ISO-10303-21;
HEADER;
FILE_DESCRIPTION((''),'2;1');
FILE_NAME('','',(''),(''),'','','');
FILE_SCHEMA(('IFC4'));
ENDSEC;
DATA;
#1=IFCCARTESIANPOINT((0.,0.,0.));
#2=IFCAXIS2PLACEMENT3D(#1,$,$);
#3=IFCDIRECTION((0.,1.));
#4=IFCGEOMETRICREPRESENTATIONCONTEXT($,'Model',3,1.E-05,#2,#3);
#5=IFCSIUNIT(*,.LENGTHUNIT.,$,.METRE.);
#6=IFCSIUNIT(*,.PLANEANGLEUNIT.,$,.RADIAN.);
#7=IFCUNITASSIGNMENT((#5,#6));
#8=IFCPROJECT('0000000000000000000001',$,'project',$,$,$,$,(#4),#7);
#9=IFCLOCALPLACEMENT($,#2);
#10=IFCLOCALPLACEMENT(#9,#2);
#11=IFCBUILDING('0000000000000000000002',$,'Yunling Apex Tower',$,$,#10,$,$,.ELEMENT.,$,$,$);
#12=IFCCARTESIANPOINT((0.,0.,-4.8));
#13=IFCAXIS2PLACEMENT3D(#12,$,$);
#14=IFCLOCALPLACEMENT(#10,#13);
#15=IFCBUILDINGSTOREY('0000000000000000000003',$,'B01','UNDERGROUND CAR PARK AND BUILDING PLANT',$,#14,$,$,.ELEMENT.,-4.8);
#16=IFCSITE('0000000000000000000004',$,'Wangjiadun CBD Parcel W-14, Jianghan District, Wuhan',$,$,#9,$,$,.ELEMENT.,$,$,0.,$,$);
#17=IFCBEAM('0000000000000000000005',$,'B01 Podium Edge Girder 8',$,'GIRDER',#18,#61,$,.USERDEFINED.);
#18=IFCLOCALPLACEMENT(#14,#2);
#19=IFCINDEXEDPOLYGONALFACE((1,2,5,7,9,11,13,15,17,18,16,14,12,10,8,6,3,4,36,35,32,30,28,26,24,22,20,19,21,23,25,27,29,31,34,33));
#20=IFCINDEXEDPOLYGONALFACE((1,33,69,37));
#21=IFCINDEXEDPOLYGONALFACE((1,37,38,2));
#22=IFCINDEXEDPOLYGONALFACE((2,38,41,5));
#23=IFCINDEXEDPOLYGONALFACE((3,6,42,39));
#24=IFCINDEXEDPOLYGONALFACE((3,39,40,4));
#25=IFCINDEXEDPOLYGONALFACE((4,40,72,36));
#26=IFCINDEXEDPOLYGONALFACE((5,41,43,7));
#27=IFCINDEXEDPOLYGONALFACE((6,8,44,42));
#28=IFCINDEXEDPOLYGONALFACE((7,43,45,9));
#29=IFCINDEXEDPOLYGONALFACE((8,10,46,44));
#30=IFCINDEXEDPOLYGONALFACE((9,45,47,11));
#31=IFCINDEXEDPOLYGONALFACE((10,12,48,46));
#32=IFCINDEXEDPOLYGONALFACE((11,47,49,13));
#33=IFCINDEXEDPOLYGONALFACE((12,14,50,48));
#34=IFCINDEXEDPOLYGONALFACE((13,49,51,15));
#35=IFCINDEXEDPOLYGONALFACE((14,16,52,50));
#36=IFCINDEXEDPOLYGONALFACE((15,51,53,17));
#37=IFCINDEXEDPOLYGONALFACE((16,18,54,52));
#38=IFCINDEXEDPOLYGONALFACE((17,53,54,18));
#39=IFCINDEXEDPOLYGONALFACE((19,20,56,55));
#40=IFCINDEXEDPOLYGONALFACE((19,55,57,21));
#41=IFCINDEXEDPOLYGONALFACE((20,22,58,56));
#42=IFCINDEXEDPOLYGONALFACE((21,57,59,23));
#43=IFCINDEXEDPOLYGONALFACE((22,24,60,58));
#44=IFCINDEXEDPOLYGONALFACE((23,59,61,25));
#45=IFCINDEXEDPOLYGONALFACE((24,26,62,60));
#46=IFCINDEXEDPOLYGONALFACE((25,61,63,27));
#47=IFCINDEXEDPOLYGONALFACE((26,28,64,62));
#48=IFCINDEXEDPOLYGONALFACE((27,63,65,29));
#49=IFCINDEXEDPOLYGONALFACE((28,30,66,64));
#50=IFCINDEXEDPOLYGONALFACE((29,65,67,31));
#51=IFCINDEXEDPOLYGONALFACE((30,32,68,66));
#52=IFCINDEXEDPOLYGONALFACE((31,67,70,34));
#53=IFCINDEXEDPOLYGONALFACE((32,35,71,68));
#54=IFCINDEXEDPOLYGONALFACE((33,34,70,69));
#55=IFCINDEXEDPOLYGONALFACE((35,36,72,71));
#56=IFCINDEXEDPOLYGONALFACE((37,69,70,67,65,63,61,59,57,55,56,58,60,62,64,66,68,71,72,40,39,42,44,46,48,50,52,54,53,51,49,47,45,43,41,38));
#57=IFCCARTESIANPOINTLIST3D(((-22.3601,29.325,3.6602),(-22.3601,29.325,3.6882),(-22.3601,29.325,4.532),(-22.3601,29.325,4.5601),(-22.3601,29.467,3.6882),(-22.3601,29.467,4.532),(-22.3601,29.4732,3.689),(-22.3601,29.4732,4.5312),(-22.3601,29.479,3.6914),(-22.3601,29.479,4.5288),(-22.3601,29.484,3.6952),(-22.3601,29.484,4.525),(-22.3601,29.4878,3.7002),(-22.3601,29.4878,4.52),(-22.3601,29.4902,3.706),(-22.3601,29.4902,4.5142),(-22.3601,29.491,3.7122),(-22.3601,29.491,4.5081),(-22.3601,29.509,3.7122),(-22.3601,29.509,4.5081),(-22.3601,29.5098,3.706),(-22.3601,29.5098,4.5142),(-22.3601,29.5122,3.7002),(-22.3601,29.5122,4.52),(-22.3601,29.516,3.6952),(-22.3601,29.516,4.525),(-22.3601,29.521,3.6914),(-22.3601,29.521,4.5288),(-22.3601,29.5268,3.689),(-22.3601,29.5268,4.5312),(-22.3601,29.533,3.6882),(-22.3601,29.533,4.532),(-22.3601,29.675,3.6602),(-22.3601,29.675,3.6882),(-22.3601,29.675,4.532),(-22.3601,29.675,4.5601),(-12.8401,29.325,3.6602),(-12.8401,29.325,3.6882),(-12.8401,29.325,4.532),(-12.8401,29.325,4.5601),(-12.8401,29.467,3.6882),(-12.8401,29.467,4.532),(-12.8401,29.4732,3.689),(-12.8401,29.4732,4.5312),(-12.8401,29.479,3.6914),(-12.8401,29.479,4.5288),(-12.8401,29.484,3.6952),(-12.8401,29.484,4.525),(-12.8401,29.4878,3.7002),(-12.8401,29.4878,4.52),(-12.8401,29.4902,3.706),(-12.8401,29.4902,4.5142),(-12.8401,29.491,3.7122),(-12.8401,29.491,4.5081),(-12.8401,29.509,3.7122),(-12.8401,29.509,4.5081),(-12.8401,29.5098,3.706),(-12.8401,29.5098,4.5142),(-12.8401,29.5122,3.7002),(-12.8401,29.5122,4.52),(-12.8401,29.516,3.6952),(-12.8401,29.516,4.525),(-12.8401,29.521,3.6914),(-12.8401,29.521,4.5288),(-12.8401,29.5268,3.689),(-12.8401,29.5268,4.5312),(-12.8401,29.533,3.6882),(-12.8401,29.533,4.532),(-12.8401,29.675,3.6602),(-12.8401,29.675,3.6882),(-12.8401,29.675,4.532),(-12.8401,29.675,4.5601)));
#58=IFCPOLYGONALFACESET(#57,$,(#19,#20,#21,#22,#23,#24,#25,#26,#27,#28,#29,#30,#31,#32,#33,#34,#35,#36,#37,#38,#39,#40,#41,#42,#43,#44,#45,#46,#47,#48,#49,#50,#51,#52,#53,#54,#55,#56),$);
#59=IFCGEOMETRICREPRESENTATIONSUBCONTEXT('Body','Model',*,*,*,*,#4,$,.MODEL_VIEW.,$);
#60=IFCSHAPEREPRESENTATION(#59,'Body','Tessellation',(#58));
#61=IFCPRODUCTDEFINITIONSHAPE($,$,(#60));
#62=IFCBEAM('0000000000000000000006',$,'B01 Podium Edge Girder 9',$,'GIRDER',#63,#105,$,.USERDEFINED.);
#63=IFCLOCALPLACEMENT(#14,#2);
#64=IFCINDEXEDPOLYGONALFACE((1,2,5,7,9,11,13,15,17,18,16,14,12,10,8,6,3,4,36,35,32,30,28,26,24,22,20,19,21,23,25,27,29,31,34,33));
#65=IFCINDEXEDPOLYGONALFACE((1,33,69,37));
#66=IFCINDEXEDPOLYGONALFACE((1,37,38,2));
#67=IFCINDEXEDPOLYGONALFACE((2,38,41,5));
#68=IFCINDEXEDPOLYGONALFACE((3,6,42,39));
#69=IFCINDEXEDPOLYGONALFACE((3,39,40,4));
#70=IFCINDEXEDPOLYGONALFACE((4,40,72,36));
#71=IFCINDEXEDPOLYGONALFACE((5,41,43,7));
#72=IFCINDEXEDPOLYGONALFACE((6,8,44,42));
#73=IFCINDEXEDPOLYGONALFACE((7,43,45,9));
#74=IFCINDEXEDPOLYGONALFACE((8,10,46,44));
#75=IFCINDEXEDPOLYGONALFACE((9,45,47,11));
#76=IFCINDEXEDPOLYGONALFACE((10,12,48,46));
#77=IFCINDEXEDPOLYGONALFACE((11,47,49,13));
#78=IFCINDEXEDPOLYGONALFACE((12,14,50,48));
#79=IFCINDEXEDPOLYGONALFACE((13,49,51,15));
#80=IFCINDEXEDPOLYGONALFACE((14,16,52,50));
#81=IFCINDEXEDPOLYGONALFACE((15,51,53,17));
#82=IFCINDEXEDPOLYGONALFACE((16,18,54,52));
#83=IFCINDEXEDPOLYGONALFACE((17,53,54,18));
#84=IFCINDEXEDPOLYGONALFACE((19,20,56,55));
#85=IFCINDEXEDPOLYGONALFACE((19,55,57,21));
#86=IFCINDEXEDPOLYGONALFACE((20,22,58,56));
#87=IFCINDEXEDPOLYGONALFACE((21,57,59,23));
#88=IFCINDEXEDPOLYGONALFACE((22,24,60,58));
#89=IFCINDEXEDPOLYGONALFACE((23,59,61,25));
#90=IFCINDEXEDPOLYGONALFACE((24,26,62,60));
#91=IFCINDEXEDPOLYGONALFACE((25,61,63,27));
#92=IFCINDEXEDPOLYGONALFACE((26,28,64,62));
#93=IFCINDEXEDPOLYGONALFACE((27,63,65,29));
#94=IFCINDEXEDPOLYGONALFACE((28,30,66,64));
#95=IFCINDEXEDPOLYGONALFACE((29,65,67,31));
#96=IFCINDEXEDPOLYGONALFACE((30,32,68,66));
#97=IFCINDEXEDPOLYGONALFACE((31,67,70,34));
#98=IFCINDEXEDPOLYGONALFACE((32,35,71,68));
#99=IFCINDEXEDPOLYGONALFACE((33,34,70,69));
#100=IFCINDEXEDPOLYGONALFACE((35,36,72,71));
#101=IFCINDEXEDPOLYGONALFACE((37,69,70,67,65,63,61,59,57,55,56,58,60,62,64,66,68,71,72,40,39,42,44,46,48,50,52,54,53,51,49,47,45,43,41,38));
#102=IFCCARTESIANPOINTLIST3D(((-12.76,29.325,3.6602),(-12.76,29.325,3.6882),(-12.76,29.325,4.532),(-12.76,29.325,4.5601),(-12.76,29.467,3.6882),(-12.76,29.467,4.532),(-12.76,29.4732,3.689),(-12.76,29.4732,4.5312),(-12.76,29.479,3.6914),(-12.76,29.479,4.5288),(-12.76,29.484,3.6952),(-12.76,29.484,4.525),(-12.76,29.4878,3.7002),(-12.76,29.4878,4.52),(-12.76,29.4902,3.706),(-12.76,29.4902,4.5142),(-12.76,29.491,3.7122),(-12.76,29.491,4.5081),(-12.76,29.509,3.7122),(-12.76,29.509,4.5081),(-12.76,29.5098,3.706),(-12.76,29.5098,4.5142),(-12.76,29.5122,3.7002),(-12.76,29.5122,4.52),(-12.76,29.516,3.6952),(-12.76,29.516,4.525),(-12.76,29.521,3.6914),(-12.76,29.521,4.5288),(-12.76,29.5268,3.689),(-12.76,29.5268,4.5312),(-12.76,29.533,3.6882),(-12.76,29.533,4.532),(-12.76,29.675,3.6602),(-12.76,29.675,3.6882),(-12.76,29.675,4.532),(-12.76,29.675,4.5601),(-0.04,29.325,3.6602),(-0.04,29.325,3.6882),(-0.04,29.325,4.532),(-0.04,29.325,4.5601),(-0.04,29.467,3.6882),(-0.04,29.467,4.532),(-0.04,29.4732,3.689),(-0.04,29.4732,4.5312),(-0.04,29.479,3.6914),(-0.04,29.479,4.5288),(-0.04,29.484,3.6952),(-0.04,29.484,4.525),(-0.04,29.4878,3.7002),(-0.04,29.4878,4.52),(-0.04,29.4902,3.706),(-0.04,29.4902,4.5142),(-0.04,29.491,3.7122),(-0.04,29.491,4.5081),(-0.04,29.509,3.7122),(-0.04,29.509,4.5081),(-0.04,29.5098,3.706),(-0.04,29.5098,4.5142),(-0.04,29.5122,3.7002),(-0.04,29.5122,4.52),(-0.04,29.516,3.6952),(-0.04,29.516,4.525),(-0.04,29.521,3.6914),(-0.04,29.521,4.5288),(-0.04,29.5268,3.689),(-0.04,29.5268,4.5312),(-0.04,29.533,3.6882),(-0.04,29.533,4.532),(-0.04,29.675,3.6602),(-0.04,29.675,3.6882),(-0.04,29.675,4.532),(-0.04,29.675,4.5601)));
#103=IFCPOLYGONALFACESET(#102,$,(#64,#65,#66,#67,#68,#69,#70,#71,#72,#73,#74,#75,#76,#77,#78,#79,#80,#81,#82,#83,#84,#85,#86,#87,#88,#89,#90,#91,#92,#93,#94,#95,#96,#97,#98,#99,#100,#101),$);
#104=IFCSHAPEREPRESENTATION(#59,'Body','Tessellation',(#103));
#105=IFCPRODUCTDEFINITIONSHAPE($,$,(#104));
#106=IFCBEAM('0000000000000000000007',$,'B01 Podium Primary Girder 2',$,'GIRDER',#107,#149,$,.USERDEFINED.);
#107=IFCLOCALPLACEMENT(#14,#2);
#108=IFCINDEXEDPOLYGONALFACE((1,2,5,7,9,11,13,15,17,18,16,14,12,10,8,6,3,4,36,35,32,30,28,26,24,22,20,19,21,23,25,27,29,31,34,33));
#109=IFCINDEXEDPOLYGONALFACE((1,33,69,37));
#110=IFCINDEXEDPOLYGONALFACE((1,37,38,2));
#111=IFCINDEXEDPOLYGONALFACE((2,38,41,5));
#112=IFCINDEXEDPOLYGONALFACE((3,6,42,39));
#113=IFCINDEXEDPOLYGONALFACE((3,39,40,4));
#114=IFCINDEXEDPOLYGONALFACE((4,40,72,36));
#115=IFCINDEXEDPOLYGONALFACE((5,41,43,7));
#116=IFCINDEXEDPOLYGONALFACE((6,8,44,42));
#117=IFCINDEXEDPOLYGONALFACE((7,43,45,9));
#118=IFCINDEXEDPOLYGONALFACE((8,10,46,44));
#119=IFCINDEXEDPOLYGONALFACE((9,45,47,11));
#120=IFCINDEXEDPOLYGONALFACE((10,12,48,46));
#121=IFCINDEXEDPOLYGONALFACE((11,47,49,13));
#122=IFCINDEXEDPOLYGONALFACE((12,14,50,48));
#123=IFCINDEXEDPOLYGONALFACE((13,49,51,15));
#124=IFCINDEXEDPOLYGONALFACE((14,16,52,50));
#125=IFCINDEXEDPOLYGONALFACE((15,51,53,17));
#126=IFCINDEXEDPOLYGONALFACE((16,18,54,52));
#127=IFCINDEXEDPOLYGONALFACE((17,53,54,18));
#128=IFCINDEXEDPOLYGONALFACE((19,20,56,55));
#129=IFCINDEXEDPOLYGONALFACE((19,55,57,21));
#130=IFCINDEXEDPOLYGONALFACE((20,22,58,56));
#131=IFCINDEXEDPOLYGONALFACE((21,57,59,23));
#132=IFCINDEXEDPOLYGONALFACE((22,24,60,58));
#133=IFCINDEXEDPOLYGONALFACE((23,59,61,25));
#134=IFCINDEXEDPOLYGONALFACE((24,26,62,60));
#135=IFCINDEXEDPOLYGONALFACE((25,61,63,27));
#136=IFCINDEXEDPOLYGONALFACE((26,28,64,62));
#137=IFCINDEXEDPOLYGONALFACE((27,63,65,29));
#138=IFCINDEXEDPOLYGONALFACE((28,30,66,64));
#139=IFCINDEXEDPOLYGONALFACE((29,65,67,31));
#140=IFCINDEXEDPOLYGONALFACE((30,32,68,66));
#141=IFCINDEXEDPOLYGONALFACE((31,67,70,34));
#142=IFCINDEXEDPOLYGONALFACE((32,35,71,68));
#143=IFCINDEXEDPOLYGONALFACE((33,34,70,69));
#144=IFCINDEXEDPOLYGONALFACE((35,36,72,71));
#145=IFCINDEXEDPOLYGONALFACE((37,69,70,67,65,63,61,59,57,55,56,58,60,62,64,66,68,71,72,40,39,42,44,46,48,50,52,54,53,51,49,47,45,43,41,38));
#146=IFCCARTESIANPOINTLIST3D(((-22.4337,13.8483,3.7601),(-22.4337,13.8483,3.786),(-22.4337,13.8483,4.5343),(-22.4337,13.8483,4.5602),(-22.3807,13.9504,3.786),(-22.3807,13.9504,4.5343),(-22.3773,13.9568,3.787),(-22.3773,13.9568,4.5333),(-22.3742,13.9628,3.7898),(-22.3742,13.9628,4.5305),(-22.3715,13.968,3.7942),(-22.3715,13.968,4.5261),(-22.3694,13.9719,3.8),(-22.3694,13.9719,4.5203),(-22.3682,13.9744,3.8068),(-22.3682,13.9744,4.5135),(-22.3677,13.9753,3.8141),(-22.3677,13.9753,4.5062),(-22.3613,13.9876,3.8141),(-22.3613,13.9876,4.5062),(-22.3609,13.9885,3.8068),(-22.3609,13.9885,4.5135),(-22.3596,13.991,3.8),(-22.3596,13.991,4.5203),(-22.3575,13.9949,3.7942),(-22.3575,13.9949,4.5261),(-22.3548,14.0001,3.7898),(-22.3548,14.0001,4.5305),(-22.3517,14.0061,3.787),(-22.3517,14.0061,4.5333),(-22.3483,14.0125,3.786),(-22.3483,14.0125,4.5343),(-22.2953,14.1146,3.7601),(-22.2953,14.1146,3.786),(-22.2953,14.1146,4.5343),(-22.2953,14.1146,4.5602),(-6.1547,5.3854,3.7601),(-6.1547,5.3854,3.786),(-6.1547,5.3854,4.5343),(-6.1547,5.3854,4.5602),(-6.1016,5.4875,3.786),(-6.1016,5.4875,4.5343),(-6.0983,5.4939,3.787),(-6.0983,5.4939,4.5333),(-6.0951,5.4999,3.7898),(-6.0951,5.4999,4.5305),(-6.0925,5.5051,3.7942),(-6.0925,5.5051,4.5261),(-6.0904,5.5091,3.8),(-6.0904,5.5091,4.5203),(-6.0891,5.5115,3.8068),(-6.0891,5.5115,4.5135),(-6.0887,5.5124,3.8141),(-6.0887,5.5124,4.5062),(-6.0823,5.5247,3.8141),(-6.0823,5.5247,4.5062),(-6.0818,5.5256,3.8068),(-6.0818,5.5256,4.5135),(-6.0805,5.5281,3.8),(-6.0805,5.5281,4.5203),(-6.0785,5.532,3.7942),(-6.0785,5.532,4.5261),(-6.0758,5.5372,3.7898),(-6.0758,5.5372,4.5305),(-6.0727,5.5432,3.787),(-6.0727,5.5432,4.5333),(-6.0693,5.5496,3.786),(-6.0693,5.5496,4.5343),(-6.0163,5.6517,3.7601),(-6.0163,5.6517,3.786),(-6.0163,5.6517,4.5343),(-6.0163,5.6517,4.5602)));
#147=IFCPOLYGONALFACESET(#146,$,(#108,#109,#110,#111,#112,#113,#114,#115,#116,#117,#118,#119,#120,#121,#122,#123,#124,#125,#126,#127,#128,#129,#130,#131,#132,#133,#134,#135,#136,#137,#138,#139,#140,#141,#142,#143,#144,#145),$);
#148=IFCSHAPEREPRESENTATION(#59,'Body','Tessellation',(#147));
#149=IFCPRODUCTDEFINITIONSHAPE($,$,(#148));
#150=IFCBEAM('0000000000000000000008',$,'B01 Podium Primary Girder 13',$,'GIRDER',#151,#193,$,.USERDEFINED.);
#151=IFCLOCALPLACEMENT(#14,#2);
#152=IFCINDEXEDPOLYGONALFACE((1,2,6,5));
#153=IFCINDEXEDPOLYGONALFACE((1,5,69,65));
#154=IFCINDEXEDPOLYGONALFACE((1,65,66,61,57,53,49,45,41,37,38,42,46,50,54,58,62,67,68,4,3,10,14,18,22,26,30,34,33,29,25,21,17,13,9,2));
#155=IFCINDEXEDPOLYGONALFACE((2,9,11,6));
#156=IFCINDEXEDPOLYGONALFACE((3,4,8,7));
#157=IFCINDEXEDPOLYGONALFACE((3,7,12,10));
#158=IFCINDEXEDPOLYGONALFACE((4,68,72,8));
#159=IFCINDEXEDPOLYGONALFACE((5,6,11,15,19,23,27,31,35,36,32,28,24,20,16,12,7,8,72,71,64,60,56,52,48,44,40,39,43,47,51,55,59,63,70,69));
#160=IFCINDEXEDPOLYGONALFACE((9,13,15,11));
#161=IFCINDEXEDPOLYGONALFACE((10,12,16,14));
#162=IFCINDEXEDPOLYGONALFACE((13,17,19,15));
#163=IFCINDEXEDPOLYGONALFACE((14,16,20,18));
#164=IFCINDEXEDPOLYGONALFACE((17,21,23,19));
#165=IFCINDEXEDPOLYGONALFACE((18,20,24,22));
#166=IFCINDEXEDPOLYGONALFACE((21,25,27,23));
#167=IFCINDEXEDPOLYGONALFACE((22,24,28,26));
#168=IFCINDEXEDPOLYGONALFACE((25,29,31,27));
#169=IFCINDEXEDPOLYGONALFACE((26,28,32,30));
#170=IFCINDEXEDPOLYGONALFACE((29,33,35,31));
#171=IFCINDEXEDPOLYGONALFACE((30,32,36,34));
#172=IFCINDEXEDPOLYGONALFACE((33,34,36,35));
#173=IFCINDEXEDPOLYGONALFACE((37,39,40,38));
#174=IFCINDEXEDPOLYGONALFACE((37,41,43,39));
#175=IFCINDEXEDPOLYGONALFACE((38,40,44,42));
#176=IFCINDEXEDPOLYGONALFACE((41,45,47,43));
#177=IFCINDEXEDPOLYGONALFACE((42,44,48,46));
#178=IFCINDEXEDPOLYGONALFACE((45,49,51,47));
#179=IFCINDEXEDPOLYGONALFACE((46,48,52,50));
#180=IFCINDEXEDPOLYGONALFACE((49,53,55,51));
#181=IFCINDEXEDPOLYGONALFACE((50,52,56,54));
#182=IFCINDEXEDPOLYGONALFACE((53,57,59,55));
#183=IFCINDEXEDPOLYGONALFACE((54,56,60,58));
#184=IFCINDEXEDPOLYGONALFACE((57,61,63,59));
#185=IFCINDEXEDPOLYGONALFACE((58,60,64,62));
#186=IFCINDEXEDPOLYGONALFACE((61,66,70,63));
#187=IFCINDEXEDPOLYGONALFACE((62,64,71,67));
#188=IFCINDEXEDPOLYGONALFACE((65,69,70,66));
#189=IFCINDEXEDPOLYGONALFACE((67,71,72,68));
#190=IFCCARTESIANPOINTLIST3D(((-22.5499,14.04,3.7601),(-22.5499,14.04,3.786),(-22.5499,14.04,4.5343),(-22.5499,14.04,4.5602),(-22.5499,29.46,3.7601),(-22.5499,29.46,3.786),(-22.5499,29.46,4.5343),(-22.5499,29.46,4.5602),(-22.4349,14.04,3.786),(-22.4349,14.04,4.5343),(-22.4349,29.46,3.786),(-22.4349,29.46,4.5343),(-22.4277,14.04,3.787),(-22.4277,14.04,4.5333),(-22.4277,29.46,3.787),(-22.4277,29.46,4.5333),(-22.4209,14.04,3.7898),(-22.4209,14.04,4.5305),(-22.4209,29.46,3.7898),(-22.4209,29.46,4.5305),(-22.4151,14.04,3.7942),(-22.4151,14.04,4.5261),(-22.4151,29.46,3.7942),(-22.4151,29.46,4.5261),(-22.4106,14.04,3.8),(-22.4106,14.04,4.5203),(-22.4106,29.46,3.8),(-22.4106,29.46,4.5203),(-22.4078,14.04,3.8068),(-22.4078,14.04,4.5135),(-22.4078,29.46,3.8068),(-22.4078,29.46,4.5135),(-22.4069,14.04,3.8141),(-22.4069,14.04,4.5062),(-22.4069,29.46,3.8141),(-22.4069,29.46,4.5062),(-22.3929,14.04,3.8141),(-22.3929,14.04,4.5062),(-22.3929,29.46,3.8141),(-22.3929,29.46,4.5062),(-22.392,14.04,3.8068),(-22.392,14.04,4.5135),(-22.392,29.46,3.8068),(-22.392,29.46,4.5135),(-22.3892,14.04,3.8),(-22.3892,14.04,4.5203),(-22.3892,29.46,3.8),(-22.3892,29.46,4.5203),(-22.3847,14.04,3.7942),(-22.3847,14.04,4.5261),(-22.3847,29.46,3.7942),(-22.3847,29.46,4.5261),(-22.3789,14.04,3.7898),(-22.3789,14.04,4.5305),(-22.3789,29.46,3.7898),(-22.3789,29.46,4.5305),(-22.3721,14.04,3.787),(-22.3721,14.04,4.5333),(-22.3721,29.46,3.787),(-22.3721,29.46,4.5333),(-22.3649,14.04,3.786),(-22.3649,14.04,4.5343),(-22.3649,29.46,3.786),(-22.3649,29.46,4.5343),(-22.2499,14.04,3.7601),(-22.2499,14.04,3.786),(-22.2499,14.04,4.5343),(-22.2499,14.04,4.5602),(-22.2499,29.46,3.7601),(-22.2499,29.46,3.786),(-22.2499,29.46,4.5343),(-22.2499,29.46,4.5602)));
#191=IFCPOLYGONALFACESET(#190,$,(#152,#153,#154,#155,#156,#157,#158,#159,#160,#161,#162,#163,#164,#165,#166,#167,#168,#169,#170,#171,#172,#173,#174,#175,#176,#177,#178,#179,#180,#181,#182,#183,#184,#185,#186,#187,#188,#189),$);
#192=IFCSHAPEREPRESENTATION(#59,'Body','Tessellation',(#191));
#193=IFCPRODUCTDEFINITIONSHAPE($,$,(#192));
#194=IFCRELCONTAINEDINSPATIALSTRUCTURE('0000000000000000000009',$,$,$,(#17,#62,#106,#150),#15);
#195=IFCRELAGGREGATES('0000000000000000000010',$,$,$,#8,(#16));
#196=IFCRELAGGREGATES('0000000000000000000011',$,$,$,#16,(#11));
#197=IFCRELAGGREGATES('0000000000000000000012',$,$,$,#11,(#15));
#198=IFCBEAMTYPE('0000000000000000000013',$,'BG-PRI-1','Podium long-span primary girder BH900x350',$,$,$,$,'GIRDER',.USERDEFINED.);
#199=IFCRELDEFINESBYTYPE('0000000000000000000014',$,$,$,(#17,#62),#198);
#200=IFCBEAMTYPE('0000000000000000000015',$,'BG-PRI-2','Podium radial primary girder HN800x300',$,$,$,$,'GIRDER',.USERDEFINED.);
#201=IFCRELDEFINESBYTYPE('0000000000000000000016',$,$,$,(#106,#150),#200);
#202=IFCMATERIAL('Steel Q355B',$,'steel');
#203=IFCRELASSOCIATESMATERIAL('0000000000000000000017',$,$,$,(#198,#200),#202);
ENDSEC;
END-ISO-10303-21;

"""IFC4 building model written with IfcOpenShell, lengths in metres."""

from ifc_helpers import new_model, si_unit, direction, frame, origin, origin_2d, place, context, subcontext, project, spatial, i_section, extrude, source, transform, mapped, material, material_profile, profile_set, type_object, element, save


model = new_model("IFC4")

# Units and contexts
model_context = context("Model", 3, precision=1e-05, world=origin(), true_north=direction((0.0, 1.0)))
body_context = subcontext(model_context, "Body", "Model", "MODEL_VIEW")
ifc_project = project(units=[si_unit("LENGTHUNIT", "METRE"), si_unit("PLANEANGLEUNIT", "RADIAN")], contexts=[model_context])

# Site, building, storey
site_placement = place(None, origin())
site = spatial("IfcSite", under=ifc_project, at=site_placement, Name="Wangjiadun CBD Parcel W-14, Jianghan District, Wuhan", CompositionType="ELEMENT", RefElevation=0.0)
building_placement = place(site_placement, origin())
building = spatial("IfcBuilding", under=site, at=building_placement, Name="Yunling Apex Tower", CompositionType="ELEMENT")
storey_placement = place(building_placement, frame((0.0, 0.0, -4.8)))
storey = spatial("IfcBuildingStorey", under=building, at=storey_placement, Name="B01", Description="UNDERGROUND CAR PARK AND BUILDING PLANT", CompositionType="ELEMENT", Elevation=-4.8)

# Beams
ifc_material_1 = material(Name="Steel Q355B", Category="steel")
ifc_material_profile_1 = material_profile(ifc_material_1, i_section(OverallWidth=0.3501, OverallDepth=0.8999, WebThickness=0.0181, FlangeThickness=0.0281, FilletRadius=0.0239, at=origin_2d()))
ifc_profile_set_1 = profile_set([ifc_material_profile_1], Name="Steel Q355B")
beam_type_1 = type_object("IfcBeamType", Name="BG-PRI-1", Description="Podium long-span primary girder BH900x350", ElementType="GIRDER", PredefinedType="USERDEFINED", material=ifc_profile_set_1)
shared_shape_1 = source(origin(), body_context, "Body", "SweptSolid", [
    extrude(i_section(OverallWidth=0.3501, OverallDepth=0.8999, WebThickness=0.0181, FlangeThickness=0.0281, FilletRadius=0.0239, at=origin_2d()), origin(), (0.0, 0.0, 1.0), 9.52),
])
beam_1_placement = place(storey_placement, frame((-22.3601, 29.5, 4.1101), z_axis=(1.0, 0.0, 0.0), x_axis=(0.0, 1.0, 0.0)))
element("IfcBeam", 1, at=beam_1_placement, inside=storey, type_object=beam_type_1, Name="B01 Podium Edge Girder 8", ObjectType="GIRDER", PredefinedType="USERDEFINED", context=body_context, shape_type="MappedRepresentation", body=[
    mapped(shared_shape_1, transform((0.0, 0.0, 0.0), scale=1.0)),
])
shared_shape_2 = source(origin(), body_context, "Body", "SweptSolid", [
    extrude(i_section(OverallWidth=0.3501, OverallDepth=0.8999, WebThickness=0.0181, FlangeThickness=0.0281, FilletRadius=0.0239, at=origin_2d()), origin(), (0.0, 0.0, 1.0), 12.72),
])
beam_2_placement = place(storey_placement, frame((-12.76, 29.5, 4.1101), z_axis=(1.0, 0.0, 0.0), x_axis=(0.0, 1.0, 0.0)))
element("IfcBeam", 2, at=beam_2_placement, inside=storey, type_object=beam_type_1, Name="B01 Podium Edge Girder 9", ObjectType="GIRDER", PredefinedType="USERDEFINED", context=body_context, shape_type="MappedRepresentation", body=[
    mapped(shared_shape_2, transform((0.0, 0.0, 0.0), scale=1.0)),
])
ifc_material_profile_2 = material_profile(ifc_material_1, i_section(OverallWidth=0.3, OverallDepth=0.8, WebThickness=0.0139, FlangeThickness=0.0259, FilletRadius=0.0281, at=origin_2d()))
ifc_profile_set_2 = profile_set([ifc_material_profile_2], Name="Steel Q355B")
beam_type_2 = type_object("IfcBeamType", Name="BG-PRI-2", Description="Podium radial primary girder HN800x300", ElementType="GIRDER", PredefinedType="USERDEFINED", material=ifc_profile_set_2)
shared_shape_3 = source(origin(), body_context, "Body", "SweptSolid", [
    extrude(i_section(OverallWidth=0.3, OverallDepth=0.8, WebThickness=0.0139, FlangeThickness=0.0259, FilletRadius=0.0281, at=origin_2d()), origin(), (0.0, 0.0, 1.0), 18.3474),
])
beam_3_placement = place(storey_placement, frame((-22.3645, 13.9814, 4.1602), z_axis=(0.887266, -0.461258, 0.0), x_axis=(0.461258, 0.887266, 0.0)))
element("IfcBeam", 3, at=beam_3_placement, inside=storey, type_object=beam_type_2, Name="B01 Podium Primary Girder 2", ObjectType="GIRDER", PredefinedType="USERDEFINED", context=body_context, shape_type="MappedRepresentation", body=[
    mapped(shared_shape_3, transform((0.0, 0.0, 0.0), scale=1.0)),
])
shared_shape_4 = source(origin(), body_context, "Body", "SweptSolid", [
    extrude(i_section(OverallWidth=0.3, OverallDepth=0.8, WebThickness=0.0139, FlangeThickness=0.0259, FilletRadius=0.0281, at=origin_2d()), origin(), (0.0, 0.0, 1.0), 15.4199),
])
beam_4_placement = place(storey_placement, frame((-22.3999, 29.46, 4.1602), z_axis=(0.0, -1.0, 0.0), x_axis=(1.0, 0.0, 0.0)))
element("IfcBeam", 4, at=beam_4_placement, inside=storey, type_object=beam_type_2, Name="B01 Podium Primary Girder 13", ObjectType="GIRDER", PredefinedType="USERDEFINED", context=body_context, shape_type="MappedRepresentation", body=[
    mapped(shared_shape_4, transform((0.0, 0.0, 0.0), scale=1.0)),
])

save(model, "model.ifc")
